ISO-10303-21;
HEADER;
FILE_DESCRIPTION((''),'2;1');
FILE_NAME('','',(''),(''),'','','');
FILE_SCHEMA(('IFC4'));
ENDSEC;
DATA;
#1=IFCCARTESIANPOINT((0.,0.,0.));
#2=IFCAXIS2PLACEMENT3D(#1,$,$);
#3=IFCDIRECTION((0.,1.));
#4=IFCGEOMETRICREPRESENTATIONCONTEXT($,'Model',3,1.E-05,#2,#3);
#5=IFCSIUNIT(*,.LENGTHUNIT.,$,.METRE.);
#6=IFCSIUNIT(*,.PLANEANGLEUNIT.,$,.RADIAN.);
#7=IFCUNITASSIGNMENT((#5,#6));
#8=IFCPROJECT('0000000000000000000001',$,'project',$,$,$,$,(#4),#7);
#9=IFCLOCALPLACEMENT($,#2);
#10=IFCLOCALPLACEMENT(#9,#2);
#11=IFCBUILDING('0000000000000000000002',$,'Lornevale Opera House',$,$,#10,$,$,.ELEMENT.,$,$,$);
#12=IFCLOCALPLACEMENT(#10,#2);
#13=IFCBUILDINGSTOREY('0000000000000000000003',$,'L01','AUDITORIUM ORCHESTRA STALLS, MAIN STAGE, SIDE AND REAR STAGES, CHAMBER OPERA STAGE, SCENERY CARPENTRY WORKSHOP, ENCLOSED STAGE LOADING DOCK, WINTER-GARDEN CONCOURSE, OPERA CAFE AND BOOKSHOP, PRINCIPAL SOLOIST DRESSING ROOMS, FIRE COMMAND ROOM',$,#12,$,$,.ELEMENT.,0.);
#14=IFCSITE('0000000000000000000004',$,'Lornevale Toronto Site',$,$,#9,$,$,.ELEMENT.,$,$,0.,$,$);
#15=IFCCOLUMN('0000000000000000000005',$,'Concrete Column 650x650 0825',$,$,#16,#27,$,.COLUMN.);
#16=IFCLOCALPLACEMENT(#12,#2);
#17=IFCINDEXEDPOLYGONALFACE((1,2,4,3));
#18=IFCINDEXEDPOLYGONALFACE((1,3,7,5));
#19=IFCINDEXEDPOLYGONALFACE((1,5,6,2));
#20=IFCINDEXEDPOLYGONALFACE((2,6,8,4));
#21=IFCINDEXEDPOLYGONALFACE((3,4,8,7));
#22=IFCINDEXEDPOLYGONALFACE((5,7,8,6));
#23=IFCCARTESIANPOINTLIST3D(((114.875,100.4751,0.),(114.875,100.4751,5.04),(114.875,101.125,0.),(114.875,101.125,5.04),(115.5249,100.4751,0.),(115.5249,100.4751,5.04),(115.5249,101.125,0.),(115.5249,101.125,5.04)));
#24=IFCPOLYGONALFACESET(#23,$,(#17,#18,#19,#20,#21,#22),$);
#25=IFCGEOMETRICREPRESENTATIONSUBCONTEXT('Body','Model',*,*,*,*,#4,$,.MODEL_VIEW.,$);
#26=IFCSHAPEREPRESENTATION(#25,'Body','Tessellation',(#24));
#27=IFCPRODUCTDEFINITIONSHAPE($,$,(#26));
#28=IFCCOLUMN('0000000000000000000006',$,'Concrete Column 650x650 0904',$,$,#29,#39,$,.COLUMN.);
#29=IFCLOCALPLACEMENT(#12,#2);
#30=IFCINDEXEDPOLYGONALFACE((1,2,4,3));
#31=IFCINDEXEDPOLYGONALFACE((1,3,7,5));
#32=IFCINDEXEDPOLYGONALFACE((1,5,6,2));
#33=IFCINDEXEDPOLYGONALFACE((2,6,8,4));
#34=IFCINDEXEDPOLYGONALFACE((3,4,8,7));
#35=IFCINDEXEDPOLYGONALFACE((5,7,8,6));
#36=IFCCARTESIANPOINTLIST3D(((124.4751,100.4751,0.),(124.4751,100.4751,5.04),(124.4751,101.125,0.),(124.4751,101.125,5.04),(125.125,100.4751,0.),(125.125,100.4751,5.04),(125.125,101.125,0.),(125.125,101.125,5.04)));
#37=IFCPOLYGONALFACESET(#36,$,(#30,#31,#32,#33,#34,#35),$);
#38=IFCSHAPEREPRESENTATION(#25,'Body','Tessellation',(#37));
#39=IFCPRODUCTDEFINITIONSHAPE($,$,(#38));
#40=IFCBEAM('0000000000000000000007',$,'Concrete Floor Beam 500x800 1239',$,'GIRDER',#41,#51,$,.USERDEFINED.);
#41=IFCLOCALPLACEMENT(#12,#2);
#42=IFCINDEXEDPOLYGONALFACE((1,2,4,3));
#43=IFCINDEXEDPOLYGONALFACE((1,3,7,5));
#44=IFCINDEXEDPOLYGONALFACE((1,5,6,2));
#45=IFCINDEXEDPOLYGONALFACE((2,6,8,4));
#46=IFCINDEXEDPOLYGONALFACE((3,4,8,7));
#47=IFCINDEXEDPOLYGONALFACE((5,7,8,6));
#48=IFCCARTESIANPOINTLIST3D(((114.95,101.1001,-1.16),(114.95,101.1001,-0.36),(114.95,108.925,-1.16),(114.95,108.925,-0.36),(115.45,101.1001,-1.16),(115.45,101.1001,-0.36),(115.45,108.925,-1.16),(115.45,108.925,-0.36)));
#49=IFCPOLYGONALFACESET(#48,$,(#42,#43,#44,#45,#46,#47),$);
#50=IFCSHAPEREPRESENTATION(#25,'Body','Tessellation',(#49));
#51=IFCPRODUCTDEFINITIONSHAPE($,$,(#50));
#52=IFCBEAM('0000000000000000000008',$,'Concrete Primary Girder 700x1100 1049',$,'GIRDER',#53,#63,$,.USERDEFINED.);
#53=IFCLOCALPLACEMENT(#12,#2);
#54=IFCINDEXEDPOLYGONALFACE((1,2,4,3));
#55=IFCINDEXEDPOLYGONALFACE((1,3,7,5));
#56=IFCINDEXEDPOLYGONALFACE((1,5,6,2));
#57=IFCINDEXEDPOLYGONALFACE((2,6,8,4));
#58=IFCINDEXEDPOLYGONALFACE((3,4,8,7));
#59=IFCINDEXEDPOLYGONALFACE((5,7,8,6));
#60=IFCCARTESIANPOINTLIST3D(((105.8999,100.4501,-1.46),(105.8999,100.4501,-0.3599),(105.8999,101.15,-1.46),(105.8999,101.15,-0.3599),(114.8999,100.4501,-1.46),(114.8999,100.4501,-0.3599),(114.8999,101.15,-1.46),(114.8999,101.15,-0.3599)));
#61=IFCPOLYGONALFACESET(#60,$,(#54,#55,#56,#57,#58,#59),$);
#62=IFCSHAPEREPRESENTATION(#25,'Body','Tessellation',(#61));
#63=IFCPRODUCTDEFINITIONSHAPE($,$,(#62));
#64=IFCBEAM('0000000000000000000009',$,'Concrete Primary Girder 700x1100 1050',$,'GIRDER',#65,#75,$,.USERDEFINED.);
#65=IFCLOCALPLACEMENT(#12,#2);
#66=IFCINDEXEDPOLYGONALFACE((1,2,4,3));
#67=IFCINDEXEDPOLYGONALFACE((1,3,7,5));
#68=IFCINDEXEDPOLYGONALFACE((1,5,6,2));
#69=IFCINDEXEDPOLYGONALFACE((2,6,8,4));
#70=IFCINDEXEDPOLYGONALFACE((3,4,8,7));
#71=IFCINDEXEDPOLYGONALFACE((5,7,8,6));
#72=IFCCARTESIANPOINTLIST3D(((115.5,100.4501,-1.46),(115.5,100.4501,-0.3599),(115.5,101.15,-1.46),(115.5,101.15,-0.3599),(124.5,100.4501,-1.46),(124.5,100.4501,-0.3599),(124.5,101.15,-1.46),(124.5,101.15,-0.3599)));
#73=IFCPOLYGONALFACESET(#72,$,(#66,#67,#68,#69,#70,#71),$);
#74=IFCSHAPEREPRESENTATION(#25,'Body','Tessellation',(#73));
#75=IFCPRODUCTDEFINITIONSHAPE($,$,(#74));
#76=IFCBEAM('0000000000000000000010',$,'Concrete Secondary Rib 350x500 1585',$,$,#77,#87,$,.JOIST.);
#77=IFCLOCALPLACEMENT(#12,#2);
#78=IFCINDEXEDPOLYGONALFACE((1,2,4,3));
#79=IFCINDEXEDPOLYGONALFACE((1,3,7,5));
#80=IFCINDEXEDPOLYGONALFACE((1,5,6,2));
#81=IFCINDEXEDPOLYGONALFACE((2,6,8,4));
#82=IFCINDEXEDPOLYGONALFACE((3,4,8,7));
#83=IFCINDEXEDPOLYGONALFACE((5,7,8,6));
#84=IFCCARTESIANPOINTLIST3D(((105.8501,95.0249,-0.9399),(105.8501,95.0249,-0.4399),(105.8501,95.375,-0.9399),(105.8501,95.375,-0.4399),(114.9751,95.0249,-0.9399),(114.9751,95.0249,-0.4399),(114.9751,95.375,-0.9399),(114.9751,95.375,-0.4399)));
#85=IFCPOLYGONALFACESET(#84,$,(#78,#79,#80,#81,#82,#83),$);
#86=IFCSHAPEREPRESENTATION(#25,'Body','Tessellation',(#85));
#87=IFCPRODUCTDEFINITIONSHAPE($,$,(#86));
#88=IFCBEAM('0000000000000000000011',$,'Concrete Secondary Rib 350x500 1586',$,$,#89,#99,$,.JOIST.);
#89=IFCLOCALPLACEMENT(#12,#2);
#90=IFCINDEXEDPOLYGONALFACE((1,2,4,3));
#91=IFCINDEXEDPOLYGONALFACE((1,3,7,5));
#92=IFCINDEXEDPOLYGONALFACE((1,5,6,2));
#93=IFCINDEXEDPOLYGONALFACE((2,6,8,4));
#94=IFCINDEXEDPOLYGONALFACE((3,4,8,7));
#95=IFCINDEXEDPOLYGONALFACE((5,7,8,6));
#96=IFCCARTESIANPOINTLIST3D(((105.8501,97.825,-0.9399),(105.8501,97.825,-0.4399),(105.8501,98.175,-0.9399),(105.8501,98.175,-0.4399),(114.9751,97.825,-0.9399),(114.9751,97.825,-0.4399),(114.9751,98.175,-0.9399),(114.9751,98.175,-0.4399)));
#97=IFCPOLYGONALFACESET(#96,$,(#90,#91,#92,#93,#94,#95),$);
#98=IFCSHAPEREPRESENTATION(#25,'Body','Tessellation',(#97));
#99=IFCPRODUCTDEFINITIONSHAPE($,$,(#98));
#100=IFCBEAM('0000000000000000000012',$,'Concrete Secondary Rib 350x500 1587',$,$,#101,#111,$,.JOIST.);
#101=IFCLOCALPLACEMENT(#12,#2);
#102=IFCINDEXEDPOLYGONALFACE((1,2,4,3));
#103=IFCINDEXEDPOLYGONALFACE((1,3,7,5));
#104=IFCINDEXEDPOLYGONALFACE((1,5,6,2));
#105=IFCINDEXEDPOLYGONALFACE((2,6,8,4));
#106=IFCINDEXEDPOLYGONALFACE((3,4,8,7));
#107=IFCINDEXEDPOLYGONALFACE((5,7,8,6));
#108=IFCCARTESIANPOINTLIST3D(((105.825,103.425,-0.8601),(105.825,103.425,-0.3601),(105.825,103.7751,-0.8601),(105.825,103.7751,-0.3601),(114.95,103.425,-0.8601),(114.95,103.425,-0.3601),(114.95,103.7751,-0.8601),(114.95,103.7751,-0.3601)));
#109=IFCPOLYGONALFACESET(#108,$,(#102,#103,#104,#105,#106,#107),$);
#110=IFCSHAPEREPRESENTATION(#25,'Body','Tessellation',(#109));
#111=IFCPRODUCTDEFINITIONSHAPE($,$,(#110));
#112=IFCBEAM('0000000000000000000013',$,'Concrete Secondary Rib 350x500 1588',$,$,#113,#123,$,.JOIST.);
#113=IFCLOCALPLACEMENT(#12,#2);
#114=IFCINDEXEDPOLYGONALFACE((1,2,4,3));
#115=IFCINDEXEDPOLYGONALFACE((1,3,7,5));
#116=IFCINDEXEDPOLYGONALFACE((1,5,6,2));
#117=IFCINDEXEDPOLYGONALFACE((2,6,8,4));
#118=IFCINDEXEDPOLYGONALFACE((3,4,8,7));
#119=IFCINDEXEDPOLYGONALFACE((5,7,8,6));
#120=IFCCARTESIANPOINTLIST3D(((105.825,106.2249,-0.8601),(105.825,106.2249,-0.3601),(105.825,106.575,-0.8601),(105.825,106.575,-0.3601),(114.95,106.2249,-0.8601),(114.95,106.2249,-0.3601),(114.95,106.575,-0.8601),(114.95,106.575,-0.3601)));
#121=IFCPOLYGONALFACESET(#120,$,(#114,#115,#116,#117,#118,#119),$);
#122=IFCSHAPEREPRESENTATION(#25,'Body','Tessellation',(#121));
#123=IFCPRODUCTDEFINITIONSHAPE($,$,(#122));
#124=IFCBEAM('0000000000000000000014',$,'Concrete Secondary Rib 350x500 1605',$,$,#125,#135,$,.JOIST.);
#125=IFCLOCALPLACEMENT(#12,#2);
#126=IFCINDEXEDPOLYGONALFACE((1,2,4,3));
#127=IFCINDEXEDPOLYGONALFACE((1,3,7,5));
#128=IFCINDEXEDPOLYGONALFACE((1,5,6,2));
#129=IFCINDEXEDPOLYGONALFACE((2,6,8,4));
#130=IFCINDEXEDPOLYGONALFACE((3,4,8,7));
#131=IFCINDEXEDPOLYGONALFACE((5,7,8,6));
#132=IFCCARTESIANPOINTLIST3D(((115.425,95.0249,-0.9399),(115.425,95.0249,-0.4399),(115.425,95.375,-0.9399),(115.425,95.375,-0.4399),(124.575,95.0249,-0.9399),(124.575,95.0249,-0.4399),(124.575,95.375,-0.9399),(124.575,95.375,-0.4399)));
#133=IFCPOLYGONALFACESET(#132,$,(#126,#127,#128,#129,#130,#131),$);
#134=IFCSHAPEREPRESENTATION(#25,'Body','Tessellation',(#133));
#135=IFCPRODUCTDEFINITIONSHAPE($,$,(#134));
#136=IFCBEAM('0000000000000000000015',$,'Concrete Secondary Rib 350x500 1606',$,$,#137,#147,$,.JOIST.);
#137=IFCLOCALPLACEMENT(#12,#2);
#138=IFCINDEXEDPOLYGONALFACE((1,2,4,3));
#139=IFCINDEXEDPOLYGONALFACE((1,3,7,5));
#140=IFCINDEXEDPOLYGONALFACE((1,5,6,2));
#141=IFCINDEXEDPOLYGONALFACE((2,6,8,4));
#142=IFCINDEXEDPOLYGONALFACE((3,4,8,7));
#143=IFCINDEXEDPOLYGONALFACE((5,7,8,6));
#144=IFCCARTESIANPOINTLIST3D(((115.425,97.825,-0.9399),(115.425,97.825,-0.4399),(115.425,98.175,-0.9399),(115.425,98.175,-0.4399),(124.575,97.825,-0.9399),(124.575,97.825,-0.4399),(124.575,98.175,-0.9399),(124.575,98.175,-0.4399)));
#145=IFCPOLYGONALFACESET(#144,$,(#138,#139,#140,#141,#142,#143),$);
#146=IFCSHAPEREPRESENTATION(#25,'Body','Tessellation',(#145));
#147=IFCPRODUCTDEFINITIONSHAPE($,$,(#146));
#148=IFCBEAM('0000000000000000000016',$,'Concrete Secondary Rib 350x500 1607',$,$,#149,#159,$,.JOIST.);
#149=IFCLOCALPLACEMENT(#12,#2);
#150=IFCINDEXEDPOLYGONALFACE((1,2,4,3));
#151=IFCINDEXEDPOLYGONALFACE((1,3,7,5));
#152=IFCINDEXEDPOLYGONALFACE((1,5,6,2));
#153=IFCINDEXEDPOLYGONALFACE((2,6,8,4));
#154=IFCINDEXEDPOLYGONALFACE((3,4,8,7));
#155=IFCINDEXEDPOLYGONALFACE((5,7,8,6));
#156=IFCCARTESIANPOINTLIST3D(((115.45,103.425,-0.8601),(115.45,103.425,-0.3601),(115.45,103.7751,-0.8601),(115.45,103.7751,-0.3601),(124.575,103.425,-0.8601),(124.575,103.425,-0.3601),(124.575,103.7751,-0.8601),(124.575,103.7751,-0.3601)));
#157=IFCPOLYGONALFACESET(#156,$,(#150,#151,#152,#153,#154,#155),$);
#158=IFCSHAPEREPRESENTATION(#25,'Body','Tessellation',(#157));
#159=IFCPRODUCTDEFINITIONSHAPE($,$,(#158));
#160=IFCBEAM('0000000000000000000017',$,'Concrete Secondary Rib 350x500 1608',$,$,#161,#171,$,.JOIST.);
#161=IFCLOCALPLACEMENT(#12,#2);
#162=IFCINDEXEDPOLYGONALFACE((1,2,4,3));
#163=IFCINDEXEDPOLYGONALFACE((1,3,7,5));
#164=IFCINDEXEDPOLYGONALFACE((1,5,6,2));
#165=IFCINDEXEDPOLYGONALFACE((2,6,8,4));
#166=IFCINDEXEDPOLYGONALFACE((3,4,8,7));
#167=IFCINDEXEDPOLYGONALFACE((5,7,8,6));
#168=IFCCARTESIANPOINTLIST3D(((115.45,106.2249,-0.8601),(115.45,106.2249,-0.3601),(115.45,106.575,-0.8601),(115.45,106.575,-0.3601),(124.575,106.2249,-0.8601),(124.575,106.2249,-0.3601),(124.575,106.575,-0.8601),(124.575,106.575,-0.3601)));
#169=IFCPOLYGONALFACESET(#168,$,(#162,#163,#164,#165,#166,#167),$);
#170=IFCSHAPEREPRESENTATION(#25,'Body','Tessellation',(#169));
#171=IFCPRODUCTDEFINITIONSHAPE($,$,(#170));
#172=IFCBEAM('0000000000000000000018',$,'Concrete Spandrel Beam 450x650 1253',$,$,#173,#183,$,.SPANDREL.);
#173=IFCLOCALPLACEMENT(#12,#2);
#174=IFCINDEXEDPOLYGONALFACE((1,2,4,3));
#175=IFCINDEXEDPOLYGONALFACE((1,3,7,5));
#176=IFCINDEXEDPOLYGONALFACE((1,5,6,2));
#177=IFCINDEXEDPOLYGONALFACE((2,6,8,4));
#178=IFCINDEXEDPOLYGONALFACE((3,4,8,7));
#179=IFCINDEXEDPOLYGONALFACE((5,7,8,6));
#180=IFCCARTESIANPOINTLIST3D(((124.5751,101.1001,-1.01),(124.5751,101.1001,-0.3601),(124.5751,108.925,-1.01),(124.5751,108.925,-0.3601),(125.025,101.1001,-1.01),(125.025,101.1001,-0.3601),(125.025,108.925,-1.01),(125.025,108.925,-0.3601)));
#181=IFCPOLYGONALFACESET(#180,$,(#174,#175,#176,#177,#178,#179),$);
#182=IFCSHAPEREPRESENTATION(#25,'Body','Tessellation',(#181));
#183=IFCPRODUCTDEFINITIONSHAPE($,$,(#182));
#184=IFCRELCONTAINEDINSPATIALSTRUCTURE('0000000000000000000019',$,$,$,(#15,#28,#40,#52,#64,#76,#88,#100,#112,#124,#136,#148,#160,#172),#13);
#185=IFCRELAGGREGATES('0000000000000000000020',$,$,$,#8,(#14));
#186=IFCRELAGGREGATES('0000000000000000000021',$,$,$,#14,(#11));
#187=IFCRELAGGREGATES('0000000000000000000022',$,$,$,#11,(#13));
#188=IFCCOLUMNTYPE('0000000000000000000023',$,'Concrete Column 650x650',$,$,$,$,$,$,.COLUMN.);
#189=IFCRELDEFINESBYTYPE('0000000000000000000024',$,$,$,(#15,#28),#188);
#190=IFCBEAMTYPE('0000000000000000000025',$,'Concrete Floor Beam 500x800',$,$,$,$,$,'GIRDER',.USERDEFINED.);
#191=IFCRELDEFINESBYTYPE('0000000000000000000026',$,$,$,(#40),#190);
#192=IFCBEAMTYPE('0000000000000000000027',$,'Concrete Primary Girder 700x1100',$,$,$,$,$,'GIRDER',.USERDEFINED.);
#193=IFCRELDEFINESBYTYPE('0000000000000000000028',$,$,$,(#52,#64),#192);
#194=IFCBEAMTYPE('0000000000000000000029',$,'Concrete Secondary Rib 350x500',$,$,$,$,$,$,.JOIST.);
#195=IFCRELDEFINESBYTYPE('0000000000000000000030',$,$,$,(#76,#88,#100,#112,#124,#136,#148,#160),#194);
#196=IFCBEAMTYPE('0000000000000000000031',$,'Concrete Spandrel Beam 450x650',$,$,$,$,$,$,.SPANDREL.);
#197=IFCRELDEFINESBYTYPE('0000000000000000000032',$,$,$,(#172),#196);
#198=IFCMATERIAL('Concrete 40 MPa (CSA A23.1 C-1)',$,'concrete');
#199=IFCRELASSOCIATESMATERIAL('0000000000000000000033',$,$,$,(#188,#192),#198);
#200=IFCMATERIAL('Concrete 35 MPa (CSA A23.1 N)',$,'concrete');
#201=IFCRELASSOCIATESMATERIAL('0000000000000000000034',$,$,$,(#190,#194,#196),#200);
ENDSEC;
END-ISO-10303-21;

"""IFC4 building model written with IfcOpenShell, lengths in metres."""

from ifc_helpers import new_model, si_unit, direction, frame, origin, origin_2d, place, context, subcontext, project, spatial, rectangle, extrude, material, material_profile, profile_set, type_object, element, save


model = new_model("IFC4")

# Units and contexts
model_context = context("Model", 3, precision=1e-05, world=origin(), true_north=direction((0.0, 1.0)))
body_context = subcontext(model_context, "Body", "Model", "MODEL_VIEW")
ifc_project = project(units=[si_unit("LENGTHUNIT", "METRE"), si_unit("PLANEANGLEUNIT", "RADIAN")], contexts=[model_context])

# Site, building, storey
site_placement = place(None, origin())
site = spatial("IfcSite", under=ifc_project, at=site_placement, Name="Lornevale Toronto Site", CompositionType="ELEMENT", RefElevation=0.0)
building_placement = place(site_placement, origin())
building = spatial("IfcBuilding", under=site, at=building_placement, Name="Lornevale Opera House", CompositionType="ELEMENT")
storey_placement = place(building_placement, origin())
storey = spatial("IfcBuildingStorey", under=building, at=storey_placement, Name="L01", Description="AUDITORIUM ORCHESTRA STALLS, MAIN STAGE, SIDE AND REAR STAGES, CHAMBER OPERA STAGE, SCENERY CARPENTRY WORKSHOP, ENCLOSED STAGE LOADING DOCK, WINTER-GARDEN CONCOURSE, OPERA CAFE AND BOOKSHOP, PRINCIPAL SOLOIST DRESSING ROOMS, FIRE COMMAND ROOM", CompositionType="ELEMENT", Elevation=0.0)

# Columns
ifc_material_1 = material(Name="Concrete 40 MPa (CSA A23.1 C-1)", Category="concrete")
ifc_material_profile_1 = material_profile(ifc_material_1, rectangle(XDim=0.6499, YDim=0.6499, at=origin_2d()), Name="RC650x650")
ifc_profile_set_1 = profile_set([ifc_material_profile_1], Name="Concrete 40 MPa (CSA A23.1 C-1)")
column_type = type_object("IfcColumnType", Name="Concrete Column 650x650", PredefinedType="COLUMN", material=ifc_profile_set_1)
for number, where, z_axis, x_axis, name in (
    (1, (115.2, 100.8, 0.0), (0.0, 0.0, 1.0), (1.0, 0.0, 0.0), "Concrete Column 650x650 0825"),
    (2, (124.8, 100.8, 0.0), (0.0, 0.0, 1.0), (1.0, 0.0, 0.0), "Concrete Column 650x650 0904"),
):
    element("IfcColumn", number, at=place(storey_placement, frame(where, z_axis=z_axis, x_axis=x_axis)), inside=storey, type_object=column_type, Name=name, PredefinedType="COLUMN", context=body_context, shape_type="SweptSolid", body=[
        extrude(rectangle(XDim=0.6499, YDim=0.6499, at=origin_2d()), origin(), (0.0, 0.0, 1.0), 5.04),
    ])

# Beams
ifc_material_2 = material(Name="Concrete 35 MPa (CSA A23.1 N)", Category="concrete")
ifc_material_profile_2 = material_profile(ifc_material_2, rectangle(XDim=0.5, YDim=0.8, at=origin_2d()), Name="RC500x800")
ifc_profile_set_2 = profile_set([ifc_material_profile_2], Name="Concrete 35 MPa (CSA A23.1 N)")
beam_type_1 = type_object("IfcBeamType", Name="Concrete Floor Beam 500x800", ElementType="GIRDER", PredefinedType="USERDEFINED", material=ifc_profile_set_2)
beam_1_placement = place(storey_placement, frame((115.2, 101.1001, -0.76), z_axis=(0.0, 1.0, 0.0), x_axis=(-1.0, 0.0, 0.0)))
element("IfcBeam", 3, at=beam_1_placement, inside=storey, type_object=beam_type_1, Name="Concrete Floor Beam 500x800 1239", ObjectType="GIRDER", PredefinedType="USERDEFINED", context=body_context, shape_type="SweptSolid", body=[
    extrude(rectangle(XDim=0.5, YDim=0.8, at=origin_2d()), origin(), (0.0, 0.0, 1.0), 7.825),
])
ifc_material_profile_3 = material_profile(ifc_material_1, rectangle(XDim=0.7, YDim=1.1001, at=origin_2d()), Name="RC700x1100")
ifc_profile_set_3 = profile_set([ifc_material_profile_3], Name="Concrete 40 MPa (CSA A23.1 C-1)")
beam_type_2 = type_object("IfcBeamType", Name="Concrete Primary Girder 700x1100", ElementType="GIRDER", PredefinedType="USERDEFINED", material=ifc_profile_set_3)
for number, where, z_axis, x_axis, name in (
    (4, (105.8999, 100.8, -0.9099), (1.0, 0.0, 0.0), (0.0, 1.0, 0.0), "Concrete Primary Girder 700x1100 1049"),
    (5, (115.5, 100.8, -0.9099), (1.0, 0.0, 0.0), (0.0, 1.0, 0.0), "Concrete Primary Girder 700x1100 1050"),
):
    element("IfcBeam", number, at=place(storey_placement, frame(where, z_axis=z_axis, x_axis=x_axis)), inside=storey, type_object=beam_type_2, Name=name, ObjectType="GIRDER", PredefinedType="USERDEFINED", context=body_context, shape_type="SweptSolid", body=[
        extrude(rectangle(XDim=0.7, YDim=1.1001, at=origin_2d()), origin(), (0.0, 0.0, 1.0), 9.0),
    ])
ifc_material_profile_4 = material_profile(ifc_material_2, rectangle(XDim=0.3501, YDim=0.5, at=origin_2d()), Name="RC350x500")
ifc_profile_set_4 = profile_set([ifc_material_profile_4], Name="Concrete 35 MPa (CSA A23.1 N)")
beam_type_3 = type_object("IfcBeamType", Name="Concrete Secondary Rib 350x500", PredefinedType="JOIST", material=ifc_profile_set_4)
for number, where, z_axis, x_axis, name in (
    (6, (105.8501, 95.2, -0.6899), (1.0, 0.0, 0.0), (0.0, 1.0, 0.0), "Concrete Secondary Rib 350x500 1585"),
    (7, (105.8501, 98.0, -0.6899), (1.0, 0.0, 0.0), (0.0, 1.0, 0.0), "Concrete Secondary Rib 350x500 1586"),
    (8, (105.825, 103.6001, -0.6101), (1.0, 0.0, 0.0), (0.0, 1.0, 0.0), "Concrete Secondary Rib 350x500 1587"),
    (9, (105.825, 106.3999, -0.6101), (1.0, 0.0, 0.0), (0.0, 1.0, 0.0), "Concrete Secondary Rib 350x500 1588"),
):
    element("IfcBeam", number, at=place(storey_placement, frame(where, z_axis=z_axis, x_axis=x_axis)), inside=storey, type_object=beam_type_3, Name=name, PredefinedType="JOIST", context=body_context, shape_type="SweptSolid", body=[
        extrude(rectangle(XDim=0.3501, YDim=0.5, at=origin_2d()), origin(), (0.0, 0.0, 1.0), 9.125),
    ])
for number, where, z_axis, x_axis, name in (
    (10, (115.425, 95.2, -0.6899), (1.0, 0.0, 0.0), (0.0, 1.0, 0.0), "Concrete Secondary Rib 350x500 1605"),
    (11, (115.425, 98.0, -0.6899), (1.0, 0.0, 0.0), (0.0, 1.0, 0.0), "Concrete Secondary Rib 350x500 1606"),
):
    element("IfcBeam", number, at=place(storey_placement, frame(where, z_axis=z_axis, x_axis=x_axis)), inside=storey, type_object=beam_type_3, Name=name, PredefinedType="JOIST", context=body_context, shape_type="SweptSolid", body=[
        extrude(rectangle(XDim=0.3501, YDim=0.5, at=origin_2d()), origin(), (0.0, 0.0, 1.0), 9.1499),
    ])
for number, where, z_axis, x_axis, name in (
    (12, (115.45, 103.6001, -0.6101), (1.0, 0.0, 0.0), (0.0, 1.0, 0.0), "Concrete Secondary Rib 350x500 1607"),
    (13, (115.45, 106.3999, -0.6101), (1.0, 0.0, 0.0), (0.0, 1.0, 0.0), "Concrete Secondary Rib 350x500 1608"),
):
    element("IfcBeam", number, at=place(storey_placement, frame(where, z_axis=z_axis, x_axis=x_axis)), inside=storey, type_object=beam_type_3, Name=name, PredefinedType="JOIST", context=body_context, shape_type="SweptSolid", body=[
        extrude(rectangle(XDim=0.3501, YDim=0.5, at=origin_2d()), origin(), (0.0, 0.0, 1.0), 9.125),
    ])
ifc_material_profile_5 = material_profile(ifc_material_2, rectangle(XDim=0.45, YDim=0.6499, at=origin_2d()), Name="RC450x650")
ifc_profile_set_5 = profile_set([ifc_material_profile_5], Name="Concrete 35 MPa (CSA A23.1 N)")
beam_type_4 = type_object("IfcBeamType", Name="Concrete Spandrel Beam 450x650", PredefinedType="SPANDREL", material=ifc_profile_set_5)
beam_2_placement = place(storey_placement, frame((124.8, 101.1001, -0.6851), z_axis=(0.0, 1.0, 0.0), x_axis=(-1.0, 0.0, 0.0)))
element("IfcBeam", 14, at=beam_2_placement, inside=storey, type_object=beam_type_4, Name="Concrete Spandrel Beam 450x650 1253", PredefinedType="SPANDREL", context=body_context, shape_type="SweptSolid", body=[
    extrude(rectangle(XDim=0.45, YDim=0.6499, at=origin_2d()), origin(), (0.0, 0.0, 1.0), 7.825),
])

save(model, "model.ifc")
